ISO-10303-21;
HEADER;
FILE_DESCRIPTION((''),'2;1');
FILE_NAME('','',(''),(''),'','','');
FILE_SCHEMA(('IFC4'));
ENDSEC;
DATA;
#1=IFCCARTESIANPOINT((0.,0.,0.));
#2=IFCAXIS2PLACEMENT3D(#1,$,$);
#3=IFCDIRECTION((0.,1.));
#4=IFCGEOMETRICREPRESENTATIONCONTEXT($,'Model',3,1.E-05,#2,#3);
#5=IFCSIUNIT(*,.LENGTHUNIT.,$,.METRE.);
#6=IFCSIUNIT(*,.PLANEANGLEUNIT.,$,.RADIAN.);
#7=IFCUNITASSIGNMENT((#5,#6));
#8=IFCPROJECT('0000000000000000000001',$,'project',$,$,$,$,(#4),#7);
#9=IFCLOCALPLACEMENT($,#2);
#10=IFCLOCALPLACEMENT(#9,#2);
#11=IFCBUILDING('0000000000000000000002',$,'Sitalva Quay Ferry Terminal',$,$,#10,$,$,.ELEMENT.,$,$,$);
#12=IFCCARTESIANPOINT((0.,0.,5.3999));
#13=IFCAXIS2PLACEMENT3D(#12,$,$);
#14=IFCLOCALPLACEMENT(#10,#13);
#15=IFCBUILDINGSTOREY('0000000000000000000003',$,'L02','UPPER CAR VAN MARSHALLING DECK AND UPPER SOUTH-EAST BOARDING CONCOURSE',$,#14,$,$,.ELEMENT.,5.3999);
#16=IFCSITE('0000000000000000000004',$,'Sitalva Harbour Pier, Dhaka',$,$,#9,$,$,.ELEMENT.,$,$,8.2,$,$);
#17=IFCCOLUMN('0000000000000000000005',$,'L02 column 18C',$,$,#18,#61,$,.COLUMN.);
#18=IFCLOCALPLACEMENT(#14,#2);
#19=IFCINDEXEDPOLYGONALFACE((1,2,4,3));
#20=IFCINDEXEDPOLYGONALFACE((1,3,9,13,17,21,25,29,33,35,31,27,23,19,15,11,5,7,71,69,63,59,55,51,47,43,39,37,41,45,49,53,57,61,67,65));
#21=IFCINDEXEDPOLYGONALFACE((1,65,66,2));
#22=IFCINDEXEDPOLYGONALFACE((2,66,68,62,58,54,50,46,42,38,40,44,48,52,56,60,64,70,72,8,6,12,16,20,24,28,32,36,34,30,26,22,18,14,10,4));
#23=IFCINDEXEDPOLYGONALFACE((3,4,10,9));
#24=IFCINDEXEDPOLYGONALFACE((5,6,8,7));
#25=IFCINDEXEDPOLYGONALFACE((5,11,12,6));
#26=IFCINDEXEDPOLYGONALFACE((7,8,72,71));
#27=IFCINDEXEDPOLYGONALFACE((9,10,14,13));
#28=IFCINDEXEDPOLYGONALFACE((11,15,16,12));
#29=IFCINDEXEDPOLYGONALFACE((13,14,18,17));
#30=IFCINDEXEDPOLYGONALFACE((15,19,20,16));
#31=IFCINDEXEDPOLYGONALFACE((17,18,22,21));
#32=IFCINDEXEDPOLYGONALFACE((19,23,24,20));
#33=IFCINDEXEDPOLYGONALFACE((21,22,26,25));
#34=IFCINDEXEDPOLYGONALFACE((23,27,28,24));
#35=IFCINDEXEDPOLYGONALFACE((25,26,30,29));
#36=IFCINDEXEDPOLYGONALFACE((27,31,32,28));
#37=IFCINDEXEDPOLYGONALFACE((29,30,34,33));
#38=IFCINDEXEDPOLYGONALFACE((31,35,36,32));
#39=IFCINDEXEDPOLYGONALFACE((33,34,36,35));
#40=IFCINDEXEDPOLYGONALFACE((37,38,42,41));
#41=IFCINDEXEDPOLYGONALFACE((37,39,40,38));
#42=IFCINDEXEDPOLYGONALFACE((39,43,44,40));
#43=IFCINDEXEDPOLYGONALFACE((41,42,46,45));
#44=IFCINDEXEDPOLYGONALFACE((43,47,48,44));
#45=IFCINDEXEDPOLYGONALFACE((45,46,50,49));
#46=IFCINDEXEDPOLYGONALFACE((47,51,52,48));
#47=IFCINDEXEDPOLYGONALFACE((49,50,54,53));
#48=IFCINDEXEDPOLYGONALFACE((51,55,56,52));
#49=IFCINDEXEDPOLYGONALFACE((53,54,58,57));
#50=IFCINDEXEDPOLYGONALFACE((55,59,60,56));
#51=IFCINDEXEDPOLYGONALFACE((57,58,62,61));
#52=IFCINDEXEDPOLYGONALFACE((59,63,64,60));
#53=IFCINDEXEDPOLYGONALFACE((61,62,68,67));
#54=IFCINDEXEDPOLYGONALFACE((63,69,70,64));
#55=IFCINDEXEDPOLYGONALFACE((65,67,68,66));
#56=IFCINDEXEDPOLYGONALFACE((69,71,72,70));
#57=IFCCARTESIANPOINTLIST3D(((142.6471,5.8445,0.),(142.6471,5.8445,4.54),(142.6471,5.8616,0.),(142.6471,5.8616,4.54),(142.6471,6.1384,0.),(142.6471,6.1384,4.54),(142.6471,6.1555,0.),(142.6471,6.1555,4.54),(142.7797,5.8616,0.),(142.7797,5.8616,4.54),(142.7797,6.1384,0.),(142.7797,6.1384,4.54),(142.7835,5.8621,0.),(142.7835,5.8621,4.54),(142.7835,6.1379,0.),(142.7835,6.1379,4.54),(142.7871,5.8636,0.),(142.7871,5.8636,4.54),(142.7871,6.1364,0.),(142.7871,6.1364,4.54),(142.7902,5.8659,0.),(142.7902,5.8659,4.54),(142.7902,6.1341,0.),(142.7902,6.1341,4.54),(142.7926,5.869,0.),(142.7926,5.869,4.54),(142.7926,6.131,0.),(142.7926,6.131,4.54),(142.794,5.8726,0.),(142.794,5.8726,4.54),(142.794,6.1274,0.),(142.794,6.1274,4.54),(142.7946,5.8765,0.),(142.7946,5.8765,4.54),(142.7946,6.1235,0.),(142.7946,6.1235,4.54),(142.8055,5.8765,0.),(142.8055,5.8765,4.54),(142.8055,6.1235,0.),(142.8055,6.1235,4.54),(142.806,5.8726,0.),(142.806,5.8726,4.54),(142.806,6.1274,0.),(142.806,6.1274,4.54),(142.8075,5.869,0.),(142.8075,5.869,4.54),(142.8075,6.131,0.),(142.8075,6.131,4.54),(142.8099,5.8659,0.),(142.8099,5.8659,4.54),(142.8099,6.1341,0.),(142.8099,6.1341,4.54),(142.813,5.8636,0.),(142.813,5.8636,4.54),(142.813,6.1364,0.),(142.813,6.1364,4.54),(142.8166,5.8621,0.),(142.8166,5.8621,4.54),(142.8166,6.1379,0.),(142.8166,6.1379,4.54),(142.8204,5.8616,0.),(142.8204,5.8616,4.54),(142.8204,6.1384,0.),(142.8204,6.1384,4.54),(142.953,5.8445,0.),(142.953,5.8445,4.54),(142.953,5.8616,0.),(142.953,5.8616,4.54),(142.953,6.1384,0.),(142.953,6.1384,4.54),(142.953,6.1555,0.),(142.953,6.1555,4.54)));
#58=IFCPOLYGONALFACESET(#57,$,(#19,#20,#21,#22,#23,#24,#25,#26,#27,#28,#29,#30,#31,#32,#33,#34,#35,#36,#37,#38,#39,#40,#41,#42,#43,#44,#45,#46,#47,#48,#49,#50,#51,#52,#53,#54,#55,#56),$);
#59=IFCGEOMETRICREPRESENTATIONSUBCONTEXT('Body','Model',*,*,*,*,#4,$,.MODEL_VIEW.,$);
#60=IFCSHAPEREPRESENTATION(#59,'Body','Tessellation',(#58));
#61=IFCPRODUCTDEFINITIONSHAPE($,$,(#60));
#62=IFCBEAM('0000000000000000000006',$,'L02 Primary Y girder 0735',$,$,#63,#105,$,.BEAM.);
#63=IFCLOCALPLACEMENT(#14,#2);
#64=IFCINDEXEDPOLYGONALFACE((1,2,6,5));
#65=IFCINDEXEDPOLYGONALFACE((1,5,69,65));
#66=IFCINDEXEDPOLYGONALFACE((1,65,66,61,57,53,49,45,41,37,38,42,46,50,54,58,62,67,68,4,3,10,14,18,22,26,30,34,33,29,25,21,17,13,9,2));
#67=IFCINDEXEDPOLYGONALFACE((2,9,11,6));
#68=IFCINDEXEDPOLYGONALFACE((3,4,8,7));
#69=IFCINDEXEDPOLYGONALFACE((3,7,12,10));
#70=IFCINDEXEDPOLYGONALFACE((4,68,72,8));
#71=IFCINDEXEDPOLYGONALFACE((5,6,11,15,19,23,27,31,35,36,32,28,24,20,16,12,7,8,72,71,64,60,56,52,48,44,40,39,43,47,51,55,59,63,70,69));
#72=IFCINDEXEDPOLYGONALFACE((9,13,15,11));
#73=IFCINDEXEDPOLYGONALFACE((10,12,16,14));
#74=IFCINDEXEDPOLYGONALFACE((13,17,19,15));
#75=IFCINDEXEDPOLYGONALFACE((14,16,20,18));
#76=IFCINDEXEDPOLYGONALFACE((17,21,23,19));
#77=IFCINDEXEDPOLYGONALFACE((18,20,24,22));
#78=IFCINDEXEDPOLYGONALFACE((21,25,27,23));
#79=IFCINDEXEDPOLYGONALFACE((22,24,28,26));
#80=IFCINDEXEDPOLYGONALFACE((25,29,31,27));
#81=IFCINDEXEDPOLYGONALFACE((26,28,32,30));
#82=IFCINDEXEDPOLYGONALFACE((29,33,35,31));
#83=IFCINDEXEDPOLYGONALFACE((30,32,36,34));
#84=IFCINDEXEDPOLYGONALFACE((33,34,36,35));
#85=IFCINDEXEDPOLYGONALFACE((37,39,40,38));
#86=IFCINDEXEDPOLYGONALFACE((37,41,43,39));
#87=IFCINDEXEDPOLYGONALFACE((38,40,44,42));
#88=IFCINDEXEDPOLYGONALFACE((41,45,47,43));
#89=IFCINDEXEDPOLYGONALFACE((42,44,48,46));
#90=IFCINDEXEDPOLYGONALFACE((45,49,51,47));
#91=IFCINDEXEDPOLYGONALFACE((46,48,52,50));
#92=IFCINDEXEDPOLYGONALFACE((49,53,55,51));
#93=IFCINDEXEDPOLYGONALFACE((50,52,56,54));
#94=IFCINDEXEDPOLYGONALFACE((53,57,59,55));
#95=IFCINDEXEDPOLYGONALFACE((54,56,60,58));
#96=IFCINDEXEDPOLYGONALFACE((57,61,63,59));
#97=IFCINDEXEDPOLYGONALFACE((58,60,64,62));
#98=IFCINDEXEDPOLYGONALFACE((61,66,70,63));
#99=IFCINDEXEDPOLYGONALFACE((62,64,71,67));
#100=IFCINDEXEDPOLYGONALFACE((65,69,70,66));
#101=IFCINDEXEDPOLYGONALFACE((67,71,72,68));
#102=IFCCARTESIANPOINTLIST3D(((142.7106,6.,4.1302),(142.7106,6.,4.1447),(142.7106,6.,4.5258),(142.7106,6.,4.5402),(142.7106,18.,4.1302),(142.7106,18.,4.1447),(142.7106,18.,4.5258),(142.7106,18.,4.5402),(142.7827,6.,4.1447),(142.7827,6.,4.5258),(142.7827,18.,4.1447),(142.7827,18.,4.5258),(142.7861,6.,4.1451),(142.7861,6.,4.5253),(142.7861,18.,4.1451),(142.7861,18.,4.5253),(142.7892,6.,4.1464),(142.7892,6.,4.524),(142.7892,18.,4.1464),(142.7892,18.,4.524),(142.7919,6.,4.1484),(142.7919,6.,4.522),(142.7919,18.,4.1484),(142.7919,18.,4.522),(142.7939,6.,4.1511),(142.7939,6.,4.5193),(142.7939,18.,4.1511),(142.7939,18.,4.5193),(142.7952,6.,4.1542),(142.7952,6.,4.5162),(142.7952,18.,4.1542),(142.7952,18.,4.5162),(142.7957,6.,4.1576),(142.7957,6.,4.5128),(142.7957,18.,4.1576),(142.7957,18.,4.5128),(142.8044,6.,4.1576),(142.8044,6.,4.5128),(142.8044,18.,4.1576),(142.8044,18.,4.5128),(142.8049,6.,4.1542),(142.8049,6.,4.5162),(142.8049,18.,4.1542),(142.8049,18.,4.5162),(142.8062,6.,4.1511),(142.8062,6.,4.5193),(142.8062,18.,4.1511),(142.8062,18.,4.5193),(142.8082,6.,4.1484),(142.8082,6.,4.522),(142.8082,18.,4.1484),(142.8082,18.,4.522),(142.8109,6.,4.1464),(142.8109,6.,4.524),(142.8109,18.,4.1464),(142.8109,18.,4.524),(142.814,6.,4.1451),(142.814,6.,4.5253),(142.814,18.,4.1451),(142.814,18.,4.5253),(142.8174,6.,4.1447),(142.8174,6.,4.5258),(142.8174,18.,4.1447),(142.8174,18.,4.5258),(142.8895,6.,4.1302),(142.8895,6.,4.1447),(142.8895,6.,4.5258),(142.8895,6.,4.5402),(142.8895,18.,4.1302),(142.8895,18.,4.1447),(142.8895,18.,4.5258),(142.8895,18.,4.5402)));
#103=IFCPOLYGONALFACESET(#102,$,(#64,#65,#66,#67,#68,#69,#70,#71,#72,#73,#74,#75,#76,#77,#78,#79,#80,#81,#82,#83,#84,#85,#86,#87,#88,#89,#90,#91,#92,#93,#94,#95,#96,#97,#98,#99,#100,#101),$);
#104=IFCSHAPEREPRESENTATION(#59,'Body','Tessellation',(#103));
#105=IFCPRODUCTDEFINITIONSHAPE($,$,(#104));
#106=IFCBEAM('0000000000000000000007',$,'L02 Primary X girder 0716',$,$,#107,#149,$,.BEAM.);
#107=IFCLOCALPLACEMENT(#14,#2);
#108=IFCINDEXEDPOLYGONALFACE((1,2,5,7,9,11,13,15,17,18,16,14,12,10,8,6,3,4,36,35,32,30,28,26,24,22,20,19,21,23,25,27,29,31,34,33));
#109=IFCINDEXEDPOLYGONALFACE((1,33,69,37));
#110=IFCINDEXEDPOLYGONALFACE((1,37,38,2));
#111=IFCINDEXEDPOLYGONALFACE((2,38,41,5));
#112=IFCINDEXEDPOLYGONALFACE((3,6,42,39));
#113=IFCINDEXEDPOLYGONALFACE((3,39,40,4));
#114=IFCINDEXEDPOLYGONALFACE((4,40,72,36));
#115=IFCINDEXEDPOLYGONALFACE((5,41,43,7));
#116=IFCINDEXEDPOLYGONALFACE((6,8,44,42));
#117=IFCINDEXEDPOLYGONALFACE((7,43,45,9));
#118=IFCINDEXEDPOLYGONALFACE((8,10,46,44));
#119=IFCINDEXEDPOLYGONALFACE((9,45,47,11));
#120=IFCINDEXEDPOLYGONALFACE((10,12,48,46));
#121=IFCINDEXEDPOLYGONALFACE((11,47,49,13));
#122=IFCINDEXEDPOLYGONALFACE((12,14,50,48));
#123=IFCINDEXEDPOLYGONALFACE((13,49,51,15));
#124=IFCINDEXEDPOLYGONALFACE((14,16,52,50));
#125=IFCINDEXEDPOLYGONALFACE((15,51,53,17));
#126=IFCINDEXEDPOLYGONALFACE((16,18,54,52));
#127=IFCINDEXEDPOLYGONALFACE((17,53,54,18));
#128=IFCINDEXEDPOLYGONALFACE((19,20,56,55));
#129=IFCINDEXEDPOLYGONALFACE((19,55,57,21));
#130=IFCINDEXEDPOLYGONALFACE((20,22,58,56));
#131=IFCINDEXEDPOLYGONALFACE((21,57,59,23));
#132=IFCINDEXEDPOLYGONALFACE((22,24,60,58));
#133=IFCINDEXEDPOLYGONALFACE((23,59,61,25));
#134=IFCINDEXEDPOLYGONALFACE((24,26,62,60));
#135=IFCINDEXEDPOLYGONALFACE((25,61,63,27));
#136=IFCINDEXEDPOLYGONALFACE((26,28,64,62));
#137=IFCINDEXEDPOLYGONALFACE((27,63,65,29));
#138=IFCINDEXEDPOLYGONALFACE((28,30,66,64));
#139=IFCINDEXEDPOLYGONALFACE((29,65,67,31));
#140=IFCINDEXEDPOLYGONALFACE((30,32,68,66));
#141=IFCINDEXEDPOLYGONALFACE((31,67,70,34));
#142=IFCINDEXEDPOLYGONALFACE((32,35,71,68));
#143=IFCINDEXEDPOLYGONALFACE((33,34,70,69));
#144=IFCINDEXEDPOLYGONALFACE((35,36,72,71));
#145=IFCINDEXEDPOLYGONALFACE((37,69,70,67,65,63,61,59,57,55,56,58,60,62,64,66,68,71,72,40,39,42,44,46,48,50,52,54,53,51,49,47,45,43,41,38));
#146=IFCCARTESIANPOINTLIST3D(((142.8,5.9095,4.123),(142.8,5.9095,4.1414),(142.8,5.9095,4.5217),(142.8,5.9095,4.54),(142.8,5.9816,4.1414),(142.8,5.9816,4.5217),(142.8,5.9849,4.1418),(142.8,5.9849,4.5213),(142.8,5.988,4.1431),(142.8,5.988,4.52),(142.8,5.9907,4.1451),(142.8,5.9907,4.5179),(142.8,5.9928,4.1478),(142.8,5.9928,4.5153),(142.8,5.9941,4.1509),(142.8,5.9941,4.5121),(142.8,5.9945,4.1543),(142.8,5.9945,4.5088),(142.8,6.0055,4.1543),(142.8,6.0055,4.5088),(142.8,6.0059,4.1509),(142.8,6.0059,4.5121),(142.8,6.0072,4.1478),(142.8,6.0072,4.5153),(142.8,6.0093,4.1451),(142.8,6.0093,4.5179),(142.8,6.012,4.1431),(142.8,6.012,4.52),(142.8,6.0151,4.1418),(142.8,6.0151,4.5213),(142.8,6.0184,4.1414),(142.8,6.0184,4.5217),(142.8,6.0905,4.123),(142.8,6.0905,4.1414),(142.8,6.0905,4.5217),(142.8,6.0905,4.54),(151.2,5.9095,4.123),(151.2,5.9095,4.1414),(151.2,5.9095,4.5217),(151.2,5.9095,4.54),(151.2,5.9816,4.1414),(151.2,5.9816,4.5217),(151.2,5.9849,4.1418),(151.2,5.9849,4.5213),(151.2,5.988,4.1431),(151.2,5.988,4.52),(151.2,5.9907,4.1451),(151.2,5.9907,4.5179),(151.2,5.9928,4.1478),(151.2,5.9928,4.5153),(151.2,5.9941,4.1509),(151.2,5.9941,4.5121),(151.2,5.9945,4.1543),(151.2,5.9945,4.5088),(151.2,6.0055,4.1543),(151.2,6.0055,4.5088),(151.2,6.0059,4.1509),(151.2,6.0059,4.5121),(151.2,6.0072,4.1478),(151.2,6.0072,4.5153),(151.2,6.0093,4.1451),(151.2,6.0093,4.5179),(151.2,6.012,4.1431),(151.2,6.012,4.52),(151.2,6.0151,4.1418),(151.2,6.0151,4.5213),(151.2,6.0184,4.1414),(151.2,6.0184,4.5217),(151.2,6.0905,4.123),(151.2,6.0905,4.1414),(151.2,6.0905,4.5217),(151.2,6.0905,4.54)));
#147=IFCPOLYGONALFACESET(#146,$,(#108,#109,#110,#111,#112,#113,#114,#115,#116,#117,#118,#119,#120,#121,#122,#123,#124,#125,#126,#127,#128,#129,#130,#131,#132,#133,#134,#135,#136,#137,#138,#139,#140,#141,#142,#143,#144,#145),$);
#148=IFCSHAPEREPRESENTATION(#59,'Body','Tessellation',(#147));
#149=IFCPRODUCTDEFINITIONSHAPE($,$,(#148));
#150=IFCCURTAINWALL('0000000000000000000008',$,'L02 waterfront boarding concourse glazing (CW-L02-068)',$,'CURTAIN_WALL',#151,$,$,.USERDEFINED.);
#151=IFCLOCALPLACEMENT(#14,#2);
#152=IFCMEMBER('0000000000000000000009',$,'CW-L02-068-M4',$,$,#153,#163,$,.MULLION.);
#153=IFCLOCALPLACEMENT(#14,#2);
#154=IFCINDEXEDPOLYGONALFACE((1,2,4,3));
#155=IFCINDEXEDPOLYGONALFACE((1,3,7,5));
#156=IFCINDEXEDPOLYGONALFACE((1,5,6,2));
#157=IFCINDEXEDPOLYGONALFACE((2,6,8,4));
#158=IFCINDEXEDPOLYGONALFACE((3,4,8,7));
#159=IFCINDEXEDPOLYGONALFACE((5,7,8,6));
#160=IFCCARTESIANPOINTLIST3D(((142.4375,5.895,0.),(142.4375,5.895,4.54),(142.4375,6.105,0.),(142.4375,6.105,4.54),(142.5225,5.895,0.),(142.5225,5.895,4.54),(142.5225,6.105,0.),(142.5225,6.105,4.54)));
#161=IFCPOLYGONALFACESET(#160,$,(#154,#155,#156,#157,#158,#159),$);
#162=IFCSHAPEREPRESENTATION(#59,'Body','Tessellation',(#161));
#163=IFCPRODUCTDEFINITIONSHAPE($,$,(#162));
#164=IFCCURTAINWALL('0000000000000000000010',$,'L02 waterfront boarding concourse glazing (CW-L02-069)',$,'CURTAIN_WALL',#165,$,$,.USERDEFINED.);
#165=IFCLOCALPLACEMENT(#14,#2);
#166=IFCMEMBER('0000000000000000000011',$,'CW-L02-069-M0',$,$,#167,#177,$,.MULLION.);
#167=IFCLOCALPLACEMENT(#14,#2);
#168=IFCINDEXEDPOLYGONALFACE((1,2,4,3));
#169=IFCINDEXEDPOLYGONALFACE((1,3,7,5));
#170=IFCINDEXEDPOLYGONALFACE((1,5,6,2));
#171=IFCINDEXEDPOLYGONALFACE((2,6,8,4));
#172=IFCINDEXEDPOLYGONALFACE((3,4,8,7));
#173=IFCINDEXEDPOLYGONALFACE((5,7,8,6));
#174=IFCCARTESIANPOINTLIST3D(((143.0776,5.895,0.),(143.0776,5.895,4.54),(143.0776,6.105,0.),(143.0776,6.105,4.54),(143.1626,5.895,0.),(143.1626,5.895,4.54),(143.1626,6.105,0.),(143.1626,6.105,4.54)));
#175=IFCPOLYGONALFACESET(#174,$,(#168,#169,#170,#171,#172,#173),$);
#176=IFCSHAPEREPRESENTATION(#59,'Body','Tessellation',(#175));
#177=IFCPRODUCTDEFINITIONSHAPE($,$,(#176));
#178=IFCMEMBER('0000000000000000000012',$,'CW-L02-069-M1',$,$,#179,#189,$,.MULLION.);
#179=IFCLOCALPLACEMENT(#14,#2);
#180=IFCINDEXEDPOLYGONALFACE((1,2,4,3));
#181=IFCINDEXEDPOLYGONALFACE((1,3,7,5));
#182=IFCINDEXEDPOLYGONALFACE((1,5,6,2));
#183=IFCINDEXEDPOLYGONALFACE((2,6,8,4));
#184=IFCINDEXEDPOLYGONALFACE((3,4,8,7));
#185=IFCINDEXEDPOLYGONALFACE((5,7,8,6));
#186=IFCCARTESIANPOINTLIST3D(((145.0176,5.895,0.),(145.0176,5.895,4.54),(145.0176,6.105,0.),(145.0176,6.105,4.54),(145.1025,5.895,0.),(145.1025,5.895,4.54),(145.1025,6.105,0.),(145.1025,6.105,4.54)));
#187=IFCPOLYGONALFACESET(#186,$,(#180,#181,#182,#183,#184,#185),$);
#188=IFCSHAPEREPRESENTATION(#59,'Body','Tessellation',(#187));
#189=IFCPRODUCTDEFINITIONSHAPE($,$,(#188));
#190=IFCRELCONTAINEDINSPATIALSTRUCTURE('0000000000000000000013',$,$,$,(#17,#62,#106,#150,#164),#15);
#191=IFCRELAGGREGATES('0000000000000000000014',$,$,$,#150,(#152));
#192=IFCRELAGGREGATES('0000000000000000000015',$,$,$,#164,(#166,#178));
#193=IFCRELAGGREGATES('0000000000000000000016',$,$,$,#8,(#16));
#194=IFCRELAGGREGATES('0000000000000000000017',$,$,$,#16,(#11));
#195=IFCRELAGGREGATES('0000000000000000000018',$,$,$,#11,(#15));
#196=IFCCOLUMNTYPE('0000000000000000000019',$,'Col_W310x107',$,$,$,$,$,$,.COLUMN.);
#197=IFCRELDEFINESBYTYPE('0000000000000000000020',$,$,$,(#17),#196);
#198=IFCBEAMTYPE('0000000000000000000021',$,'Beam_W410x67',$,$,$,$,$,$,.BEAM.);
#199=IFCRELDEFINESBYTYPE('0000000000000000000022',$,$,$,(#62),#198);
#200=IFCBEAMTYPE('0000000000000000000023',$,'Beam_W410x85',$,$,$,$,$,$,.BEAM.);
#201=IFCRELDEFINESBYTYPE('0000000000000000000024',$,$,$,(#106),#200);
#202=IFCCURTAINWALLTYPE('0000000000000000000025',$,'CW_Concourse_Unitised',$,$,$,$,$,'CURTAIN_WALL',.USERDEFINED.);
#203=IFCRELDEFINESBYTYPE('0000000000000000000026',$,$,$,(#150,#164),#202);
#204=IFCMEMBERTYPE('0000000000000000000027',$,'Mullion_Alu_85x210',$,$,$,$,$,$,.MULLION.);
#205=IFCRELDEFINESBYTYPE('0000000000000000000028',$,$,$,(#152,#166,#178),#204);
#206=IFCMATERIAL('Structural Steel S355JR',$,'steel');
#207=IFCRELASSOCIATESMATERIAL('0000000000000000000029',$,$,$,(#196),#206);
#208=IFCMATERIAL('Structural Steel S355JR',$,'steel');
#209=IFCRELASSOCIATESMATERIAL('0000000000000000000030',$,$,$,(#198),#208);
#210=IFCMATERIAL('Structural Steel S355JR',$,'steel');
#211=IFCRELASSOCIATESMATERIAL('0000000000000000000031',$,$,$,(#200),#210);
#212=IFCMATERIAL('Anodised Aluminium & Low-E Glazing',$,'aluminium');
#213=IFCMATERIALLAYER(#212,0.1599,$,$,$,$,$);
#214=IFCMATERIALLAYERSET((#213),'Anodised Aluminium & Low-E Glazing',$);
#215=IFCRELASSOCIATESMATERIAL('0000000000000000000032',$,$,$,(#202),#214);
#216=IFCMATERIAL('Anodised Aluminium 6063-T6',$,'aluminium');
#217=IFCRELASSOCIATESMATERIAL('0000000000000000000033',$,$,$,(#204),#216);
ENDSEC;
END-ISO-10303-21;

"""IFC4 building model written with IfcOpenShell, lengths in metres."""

from ifc_helpers import new_model, si_unit, direction, frame, origin, origin_2d, place, context, subcontext, project, spatial, rectangle, i_section, extrude, material, layer, layer_set, material_profile, profile_set, type_object, element, aggregate, save


model = new_model("IFC4")

# Units and contexts
model_context = context("Model", 3, precision=1e-05, world=origin(), true_north=direction((0.0, 1.0)))
body_context = subcontext(model_context, "Body", "Model", "MODEL_VIEW")
ifc_project = project(units=[si_unit("LENGTHUNIT", "METRE"), si_unit("PLANEANGLEUNIT", "RADIAN")], contexts=[model_context])

# Site, building, storey
site_placement = place(None, origin())
site = spatial("IfcSite", under=ifc_project, at=site_placement, Name="Sitalva Harbour Pier, Dhaka", CompositionType="ELEMENT", RefElevation=8.2)
building_placement = place(site_placement, origin())
building = spatial("IfcBuilding", under=site, at=building_placement, Name="Sitalva Quay Ferry Terminal", CompositionType="ELEMENT")
storey_placement = place(building_placement, frame((0.0, 0.0, 5.3999)))
storey = spatial("IfcBuildingStorey", under=building, at=storey_placement, Name="L02", Description="UPPER CAR VAN MARSHALLING DECK AND UPPER SOUTH-EAST BOARDING CONCOURSE", CompositionType="ELEMENT", Elevation=5.3999)

# Column
ifc_material_1 = material(Name="Structural Steel S355JR", Category="steel")
ifc_material_profile_1 = material_profile(ifc_material_1, i_section(OverallWidth=0.3059, OverallDepth=0.311, WebThickness=0.011, FlangeThickness=0.0171, FilletRadius=0.0149, at=origin_2d()), Name="W310x107")
ifc_profile_set_1 = profile_set([ifc_material_profile_1], Name="Structural Steel S355JR")
column_type = type_object("IfcColumnType", Name="Col_W310x107", PredefinedType="COLUMN", material=ifc_profile_set_1)
column_placement = place(storey_placement, frame((142.8, 6.0, 0.0), z_axis=(0.0, 0.0, 1.0), x_axis=(1.0, 0.0, 0.0)))
element("IfcColumn", 1, at=column_placement, inside=storey, type_object=column_type, Name="L02 column 18C", PredefinedType="COLUMN", context=body_context, shape_type="SweptSolid", body=[
    extrude(i_section(OverallWidth=0.3059, OverallDepth=0.311, WebThickness=0.011, FlangeThickness=0.0171, FilletRadius=0.0149, at=origin_2d()), origin(), (0.0, 0.0, 1.0), 4.54),
])

# Beams
ifc_material_2 = material(Name="Structural Steel S355JR", Category="steel")
ifc_material_profile_2 = material_profile(ifc_material_2, i_section(OverallWidth=0.179, OverallDepth=0.4099, WebThickness=0.0088, FlangeThickness=0.0144, FilletRadius=0.0129, at=origin_2d()), Name="W410x67")
ifc_profile_set_2 = profile_set([ifc_material_profile_2], Name="Structural Steel S355JR")
beam_type_1 = type_object("IfcBeamType", Name="Beam_W410x67", PredefinedType="BEAM", material=ifc_profile_set_2)
beam_1_placement = place(storey_placement, frame((142.8, 6.0, 4.3352), z_axis=(0.0, 1.0, 0.0), x_axis=(-1.0, 0.0, 0.0)))
element("IfcBeam", 2, at=beam_1_placement, inside=storey, type_object=beam_type_1, Name="L02 Primary Y girder 0735", PredefinedType="BEAM", context=body_context, shape_type="SweptSolid", body=[
    extrude(i_section(OverallWidth=0.179, OverallDepth=0.4099, WebThickness=0.0088, FlangeThickness=0.0144, FilletRadius=0.0129, at=origin_2d()), origin(), (0.0, 0.0, 1.0), 12.0),
])
ifc_material_3 = material(Name="Structural Steel S355JR", Category="steel")
ifc_material_profile_3 = material_profile(ifc_material_3, i_section(OverallWidth=0.1809, OverallDepth=0.417, WebThickness=0.011, FlangeThickness=0.0183, FilletRadius=0.0129, at=origin_2d()), Name="W410x85")
ifc_profile_set_3 = profile_set([ifc_material_profile_3], Name="Structural Steel S355JR")
beam_type_2 = type_object("IfcBeamType", Name="Beam_W410x85", PredefinedType="BEAM", material=ifc_profile_set_3)
beam_2_placement = place(storey_placement, frame((142.8, 6.0, 4.3315), z_axis=(1.0, 0.0, 0.0), x_axis=(0.0, 1.0, 0.0)))
element("IfcBeam", 3, at=beam_2_placement, inside=storey, type_object=beam_type_2, Name="L02 Primary X girder 0716", PredefinedType="BEAM", context=body_context, shape_type="SweptSolid", body=[
    extrude(i_section(OverallWidth=0.1809, OverallDepth=0.417, WebThickness=0.011, FlangeThickness=0.0183, FilletRadius=0.0129, at=origin_2d()), origin(), (0.0, 0.0, 1.0), 8.3999),
])

# Curtain wall, member
ifc_material_4 = material(Name="Anodised Aluminium & Low-E Glazing", Category="aluminium")
ifc_layer_1 = layer(ifc_material_4, 0.1599)
ifc_layer_set_1 = layer_set([ifc_layer_1], Name="Anodised Aluminium & Low-E Glazing")
curtain_wall_type = type_object("IfcCurtainWallType", Name="CW_Concourse_Unitised", ElementType="CURTAIN_WALL", PredefinedType="USERDEFINED", material=ifc_layer_set_1)
curtain_wall_1_placement = place(storey_placement, origin())
curtain_wall_1 = element("IfcCurtainWall", 4, at=curtain_wall_1_placement, inside=storey, type_object=curtain_wall_type, Name="L02 waterfront boarding concourse glazing (CW-L02-068)", ObjectType="CURTAIN_WALL", PredefinedType="USERDEFINED")
ifc_material_5 = material(Name="Anodised Aluminium 6063-T6", Category="aluminium")
ifc_material_profile_4 = material_profile(ifc_material_5, rectangle(XDim=0.085, YDim=0.21, at=origin_2d()), Name="ALU85x210")
ifc_profile_set_4 = profile_set([ifc_material_profile_4], Name="Anodised Aluminium 6063-T6")
member_type_1 = type_object("IfcMemberType", Name="Mullion_Alu_85x210", PredefinedType="MULLION", material=ifc_profile_set_4)
member_1_placement = place(storey_placement, frame((142.48, 6.0, 0.0), z_axis=(0.0, 0.0, 1.0), x_axis=(1.0, 0.0, 0.0)))
member_1 = element("IfcMember", 5, at=member_1_placement, type_object=member_type_1, Name="CW-L02-068-M4", PredefinedType="MULLION", context=body_context, shape_type="SweptSolid", body=[
    extrude(rectangle(XDim=0.085, YDim=0.21, at=origin_2d()), origin(), (0.0, 0.0, 1.0), 4.54),
])

# Curtain wall, members
curtain_wall_2_placement = place(storey_placement, origin())
curtain_wall_2 = element("IfcCurtainWall", 6, at=curtain_wall_2_placement, inside=storey, type_object=curtain_wall_type, Name="L02 waterfront boarding concourse glazing (CW-L02-069)", ObjectType="CURTAIN_WALL", PredefinedType="USERDEFINED")
member_2_placement = place(storey_placement, frame((143.1201, 6.0, 0.0), z_axis=(0.0, 0.0, 1.0), x_axis=(1.0, 0.0, 0.0)))
member_2 = element("IfcMember", 7, at=member_2_placement, type_object=member_type_1, Name="CW-L02-069-M0", PredefinedType="MULLION", context=body_context, shape_type="SweptSolid", body=[
    extrude(rectangle(XDim=0.085, YDim=0.21, at=origin_2d()), origin(), (0.0, 0.0, 1.0), 4.54),
])
member_3_placement = place(storey_placement, frame((145.0601, 6.0, 0.0), z_axis=(0.0, 0.0, 1.0), x_axis=(1.0, 0.0, 0.0)))
member_3 = element("IfcMember", 8, at=member_3_placement, type_object=member_type_1, Name="CW-L02-069-M1", PredefinedType="MULLION", context=body_context, shape_type="SweptSolid", body=[
    extrude(rectangle(XDim=0.085, YDim=0.21, at=origin_2d()), origin(), (0.0, 0.0, 1.0), 4.54),
])

aggregate(curtain_wall_1, [member_1])
aggregate(curtain_wall_2, [member_2, member_3])

save(model, "model.ifc")
